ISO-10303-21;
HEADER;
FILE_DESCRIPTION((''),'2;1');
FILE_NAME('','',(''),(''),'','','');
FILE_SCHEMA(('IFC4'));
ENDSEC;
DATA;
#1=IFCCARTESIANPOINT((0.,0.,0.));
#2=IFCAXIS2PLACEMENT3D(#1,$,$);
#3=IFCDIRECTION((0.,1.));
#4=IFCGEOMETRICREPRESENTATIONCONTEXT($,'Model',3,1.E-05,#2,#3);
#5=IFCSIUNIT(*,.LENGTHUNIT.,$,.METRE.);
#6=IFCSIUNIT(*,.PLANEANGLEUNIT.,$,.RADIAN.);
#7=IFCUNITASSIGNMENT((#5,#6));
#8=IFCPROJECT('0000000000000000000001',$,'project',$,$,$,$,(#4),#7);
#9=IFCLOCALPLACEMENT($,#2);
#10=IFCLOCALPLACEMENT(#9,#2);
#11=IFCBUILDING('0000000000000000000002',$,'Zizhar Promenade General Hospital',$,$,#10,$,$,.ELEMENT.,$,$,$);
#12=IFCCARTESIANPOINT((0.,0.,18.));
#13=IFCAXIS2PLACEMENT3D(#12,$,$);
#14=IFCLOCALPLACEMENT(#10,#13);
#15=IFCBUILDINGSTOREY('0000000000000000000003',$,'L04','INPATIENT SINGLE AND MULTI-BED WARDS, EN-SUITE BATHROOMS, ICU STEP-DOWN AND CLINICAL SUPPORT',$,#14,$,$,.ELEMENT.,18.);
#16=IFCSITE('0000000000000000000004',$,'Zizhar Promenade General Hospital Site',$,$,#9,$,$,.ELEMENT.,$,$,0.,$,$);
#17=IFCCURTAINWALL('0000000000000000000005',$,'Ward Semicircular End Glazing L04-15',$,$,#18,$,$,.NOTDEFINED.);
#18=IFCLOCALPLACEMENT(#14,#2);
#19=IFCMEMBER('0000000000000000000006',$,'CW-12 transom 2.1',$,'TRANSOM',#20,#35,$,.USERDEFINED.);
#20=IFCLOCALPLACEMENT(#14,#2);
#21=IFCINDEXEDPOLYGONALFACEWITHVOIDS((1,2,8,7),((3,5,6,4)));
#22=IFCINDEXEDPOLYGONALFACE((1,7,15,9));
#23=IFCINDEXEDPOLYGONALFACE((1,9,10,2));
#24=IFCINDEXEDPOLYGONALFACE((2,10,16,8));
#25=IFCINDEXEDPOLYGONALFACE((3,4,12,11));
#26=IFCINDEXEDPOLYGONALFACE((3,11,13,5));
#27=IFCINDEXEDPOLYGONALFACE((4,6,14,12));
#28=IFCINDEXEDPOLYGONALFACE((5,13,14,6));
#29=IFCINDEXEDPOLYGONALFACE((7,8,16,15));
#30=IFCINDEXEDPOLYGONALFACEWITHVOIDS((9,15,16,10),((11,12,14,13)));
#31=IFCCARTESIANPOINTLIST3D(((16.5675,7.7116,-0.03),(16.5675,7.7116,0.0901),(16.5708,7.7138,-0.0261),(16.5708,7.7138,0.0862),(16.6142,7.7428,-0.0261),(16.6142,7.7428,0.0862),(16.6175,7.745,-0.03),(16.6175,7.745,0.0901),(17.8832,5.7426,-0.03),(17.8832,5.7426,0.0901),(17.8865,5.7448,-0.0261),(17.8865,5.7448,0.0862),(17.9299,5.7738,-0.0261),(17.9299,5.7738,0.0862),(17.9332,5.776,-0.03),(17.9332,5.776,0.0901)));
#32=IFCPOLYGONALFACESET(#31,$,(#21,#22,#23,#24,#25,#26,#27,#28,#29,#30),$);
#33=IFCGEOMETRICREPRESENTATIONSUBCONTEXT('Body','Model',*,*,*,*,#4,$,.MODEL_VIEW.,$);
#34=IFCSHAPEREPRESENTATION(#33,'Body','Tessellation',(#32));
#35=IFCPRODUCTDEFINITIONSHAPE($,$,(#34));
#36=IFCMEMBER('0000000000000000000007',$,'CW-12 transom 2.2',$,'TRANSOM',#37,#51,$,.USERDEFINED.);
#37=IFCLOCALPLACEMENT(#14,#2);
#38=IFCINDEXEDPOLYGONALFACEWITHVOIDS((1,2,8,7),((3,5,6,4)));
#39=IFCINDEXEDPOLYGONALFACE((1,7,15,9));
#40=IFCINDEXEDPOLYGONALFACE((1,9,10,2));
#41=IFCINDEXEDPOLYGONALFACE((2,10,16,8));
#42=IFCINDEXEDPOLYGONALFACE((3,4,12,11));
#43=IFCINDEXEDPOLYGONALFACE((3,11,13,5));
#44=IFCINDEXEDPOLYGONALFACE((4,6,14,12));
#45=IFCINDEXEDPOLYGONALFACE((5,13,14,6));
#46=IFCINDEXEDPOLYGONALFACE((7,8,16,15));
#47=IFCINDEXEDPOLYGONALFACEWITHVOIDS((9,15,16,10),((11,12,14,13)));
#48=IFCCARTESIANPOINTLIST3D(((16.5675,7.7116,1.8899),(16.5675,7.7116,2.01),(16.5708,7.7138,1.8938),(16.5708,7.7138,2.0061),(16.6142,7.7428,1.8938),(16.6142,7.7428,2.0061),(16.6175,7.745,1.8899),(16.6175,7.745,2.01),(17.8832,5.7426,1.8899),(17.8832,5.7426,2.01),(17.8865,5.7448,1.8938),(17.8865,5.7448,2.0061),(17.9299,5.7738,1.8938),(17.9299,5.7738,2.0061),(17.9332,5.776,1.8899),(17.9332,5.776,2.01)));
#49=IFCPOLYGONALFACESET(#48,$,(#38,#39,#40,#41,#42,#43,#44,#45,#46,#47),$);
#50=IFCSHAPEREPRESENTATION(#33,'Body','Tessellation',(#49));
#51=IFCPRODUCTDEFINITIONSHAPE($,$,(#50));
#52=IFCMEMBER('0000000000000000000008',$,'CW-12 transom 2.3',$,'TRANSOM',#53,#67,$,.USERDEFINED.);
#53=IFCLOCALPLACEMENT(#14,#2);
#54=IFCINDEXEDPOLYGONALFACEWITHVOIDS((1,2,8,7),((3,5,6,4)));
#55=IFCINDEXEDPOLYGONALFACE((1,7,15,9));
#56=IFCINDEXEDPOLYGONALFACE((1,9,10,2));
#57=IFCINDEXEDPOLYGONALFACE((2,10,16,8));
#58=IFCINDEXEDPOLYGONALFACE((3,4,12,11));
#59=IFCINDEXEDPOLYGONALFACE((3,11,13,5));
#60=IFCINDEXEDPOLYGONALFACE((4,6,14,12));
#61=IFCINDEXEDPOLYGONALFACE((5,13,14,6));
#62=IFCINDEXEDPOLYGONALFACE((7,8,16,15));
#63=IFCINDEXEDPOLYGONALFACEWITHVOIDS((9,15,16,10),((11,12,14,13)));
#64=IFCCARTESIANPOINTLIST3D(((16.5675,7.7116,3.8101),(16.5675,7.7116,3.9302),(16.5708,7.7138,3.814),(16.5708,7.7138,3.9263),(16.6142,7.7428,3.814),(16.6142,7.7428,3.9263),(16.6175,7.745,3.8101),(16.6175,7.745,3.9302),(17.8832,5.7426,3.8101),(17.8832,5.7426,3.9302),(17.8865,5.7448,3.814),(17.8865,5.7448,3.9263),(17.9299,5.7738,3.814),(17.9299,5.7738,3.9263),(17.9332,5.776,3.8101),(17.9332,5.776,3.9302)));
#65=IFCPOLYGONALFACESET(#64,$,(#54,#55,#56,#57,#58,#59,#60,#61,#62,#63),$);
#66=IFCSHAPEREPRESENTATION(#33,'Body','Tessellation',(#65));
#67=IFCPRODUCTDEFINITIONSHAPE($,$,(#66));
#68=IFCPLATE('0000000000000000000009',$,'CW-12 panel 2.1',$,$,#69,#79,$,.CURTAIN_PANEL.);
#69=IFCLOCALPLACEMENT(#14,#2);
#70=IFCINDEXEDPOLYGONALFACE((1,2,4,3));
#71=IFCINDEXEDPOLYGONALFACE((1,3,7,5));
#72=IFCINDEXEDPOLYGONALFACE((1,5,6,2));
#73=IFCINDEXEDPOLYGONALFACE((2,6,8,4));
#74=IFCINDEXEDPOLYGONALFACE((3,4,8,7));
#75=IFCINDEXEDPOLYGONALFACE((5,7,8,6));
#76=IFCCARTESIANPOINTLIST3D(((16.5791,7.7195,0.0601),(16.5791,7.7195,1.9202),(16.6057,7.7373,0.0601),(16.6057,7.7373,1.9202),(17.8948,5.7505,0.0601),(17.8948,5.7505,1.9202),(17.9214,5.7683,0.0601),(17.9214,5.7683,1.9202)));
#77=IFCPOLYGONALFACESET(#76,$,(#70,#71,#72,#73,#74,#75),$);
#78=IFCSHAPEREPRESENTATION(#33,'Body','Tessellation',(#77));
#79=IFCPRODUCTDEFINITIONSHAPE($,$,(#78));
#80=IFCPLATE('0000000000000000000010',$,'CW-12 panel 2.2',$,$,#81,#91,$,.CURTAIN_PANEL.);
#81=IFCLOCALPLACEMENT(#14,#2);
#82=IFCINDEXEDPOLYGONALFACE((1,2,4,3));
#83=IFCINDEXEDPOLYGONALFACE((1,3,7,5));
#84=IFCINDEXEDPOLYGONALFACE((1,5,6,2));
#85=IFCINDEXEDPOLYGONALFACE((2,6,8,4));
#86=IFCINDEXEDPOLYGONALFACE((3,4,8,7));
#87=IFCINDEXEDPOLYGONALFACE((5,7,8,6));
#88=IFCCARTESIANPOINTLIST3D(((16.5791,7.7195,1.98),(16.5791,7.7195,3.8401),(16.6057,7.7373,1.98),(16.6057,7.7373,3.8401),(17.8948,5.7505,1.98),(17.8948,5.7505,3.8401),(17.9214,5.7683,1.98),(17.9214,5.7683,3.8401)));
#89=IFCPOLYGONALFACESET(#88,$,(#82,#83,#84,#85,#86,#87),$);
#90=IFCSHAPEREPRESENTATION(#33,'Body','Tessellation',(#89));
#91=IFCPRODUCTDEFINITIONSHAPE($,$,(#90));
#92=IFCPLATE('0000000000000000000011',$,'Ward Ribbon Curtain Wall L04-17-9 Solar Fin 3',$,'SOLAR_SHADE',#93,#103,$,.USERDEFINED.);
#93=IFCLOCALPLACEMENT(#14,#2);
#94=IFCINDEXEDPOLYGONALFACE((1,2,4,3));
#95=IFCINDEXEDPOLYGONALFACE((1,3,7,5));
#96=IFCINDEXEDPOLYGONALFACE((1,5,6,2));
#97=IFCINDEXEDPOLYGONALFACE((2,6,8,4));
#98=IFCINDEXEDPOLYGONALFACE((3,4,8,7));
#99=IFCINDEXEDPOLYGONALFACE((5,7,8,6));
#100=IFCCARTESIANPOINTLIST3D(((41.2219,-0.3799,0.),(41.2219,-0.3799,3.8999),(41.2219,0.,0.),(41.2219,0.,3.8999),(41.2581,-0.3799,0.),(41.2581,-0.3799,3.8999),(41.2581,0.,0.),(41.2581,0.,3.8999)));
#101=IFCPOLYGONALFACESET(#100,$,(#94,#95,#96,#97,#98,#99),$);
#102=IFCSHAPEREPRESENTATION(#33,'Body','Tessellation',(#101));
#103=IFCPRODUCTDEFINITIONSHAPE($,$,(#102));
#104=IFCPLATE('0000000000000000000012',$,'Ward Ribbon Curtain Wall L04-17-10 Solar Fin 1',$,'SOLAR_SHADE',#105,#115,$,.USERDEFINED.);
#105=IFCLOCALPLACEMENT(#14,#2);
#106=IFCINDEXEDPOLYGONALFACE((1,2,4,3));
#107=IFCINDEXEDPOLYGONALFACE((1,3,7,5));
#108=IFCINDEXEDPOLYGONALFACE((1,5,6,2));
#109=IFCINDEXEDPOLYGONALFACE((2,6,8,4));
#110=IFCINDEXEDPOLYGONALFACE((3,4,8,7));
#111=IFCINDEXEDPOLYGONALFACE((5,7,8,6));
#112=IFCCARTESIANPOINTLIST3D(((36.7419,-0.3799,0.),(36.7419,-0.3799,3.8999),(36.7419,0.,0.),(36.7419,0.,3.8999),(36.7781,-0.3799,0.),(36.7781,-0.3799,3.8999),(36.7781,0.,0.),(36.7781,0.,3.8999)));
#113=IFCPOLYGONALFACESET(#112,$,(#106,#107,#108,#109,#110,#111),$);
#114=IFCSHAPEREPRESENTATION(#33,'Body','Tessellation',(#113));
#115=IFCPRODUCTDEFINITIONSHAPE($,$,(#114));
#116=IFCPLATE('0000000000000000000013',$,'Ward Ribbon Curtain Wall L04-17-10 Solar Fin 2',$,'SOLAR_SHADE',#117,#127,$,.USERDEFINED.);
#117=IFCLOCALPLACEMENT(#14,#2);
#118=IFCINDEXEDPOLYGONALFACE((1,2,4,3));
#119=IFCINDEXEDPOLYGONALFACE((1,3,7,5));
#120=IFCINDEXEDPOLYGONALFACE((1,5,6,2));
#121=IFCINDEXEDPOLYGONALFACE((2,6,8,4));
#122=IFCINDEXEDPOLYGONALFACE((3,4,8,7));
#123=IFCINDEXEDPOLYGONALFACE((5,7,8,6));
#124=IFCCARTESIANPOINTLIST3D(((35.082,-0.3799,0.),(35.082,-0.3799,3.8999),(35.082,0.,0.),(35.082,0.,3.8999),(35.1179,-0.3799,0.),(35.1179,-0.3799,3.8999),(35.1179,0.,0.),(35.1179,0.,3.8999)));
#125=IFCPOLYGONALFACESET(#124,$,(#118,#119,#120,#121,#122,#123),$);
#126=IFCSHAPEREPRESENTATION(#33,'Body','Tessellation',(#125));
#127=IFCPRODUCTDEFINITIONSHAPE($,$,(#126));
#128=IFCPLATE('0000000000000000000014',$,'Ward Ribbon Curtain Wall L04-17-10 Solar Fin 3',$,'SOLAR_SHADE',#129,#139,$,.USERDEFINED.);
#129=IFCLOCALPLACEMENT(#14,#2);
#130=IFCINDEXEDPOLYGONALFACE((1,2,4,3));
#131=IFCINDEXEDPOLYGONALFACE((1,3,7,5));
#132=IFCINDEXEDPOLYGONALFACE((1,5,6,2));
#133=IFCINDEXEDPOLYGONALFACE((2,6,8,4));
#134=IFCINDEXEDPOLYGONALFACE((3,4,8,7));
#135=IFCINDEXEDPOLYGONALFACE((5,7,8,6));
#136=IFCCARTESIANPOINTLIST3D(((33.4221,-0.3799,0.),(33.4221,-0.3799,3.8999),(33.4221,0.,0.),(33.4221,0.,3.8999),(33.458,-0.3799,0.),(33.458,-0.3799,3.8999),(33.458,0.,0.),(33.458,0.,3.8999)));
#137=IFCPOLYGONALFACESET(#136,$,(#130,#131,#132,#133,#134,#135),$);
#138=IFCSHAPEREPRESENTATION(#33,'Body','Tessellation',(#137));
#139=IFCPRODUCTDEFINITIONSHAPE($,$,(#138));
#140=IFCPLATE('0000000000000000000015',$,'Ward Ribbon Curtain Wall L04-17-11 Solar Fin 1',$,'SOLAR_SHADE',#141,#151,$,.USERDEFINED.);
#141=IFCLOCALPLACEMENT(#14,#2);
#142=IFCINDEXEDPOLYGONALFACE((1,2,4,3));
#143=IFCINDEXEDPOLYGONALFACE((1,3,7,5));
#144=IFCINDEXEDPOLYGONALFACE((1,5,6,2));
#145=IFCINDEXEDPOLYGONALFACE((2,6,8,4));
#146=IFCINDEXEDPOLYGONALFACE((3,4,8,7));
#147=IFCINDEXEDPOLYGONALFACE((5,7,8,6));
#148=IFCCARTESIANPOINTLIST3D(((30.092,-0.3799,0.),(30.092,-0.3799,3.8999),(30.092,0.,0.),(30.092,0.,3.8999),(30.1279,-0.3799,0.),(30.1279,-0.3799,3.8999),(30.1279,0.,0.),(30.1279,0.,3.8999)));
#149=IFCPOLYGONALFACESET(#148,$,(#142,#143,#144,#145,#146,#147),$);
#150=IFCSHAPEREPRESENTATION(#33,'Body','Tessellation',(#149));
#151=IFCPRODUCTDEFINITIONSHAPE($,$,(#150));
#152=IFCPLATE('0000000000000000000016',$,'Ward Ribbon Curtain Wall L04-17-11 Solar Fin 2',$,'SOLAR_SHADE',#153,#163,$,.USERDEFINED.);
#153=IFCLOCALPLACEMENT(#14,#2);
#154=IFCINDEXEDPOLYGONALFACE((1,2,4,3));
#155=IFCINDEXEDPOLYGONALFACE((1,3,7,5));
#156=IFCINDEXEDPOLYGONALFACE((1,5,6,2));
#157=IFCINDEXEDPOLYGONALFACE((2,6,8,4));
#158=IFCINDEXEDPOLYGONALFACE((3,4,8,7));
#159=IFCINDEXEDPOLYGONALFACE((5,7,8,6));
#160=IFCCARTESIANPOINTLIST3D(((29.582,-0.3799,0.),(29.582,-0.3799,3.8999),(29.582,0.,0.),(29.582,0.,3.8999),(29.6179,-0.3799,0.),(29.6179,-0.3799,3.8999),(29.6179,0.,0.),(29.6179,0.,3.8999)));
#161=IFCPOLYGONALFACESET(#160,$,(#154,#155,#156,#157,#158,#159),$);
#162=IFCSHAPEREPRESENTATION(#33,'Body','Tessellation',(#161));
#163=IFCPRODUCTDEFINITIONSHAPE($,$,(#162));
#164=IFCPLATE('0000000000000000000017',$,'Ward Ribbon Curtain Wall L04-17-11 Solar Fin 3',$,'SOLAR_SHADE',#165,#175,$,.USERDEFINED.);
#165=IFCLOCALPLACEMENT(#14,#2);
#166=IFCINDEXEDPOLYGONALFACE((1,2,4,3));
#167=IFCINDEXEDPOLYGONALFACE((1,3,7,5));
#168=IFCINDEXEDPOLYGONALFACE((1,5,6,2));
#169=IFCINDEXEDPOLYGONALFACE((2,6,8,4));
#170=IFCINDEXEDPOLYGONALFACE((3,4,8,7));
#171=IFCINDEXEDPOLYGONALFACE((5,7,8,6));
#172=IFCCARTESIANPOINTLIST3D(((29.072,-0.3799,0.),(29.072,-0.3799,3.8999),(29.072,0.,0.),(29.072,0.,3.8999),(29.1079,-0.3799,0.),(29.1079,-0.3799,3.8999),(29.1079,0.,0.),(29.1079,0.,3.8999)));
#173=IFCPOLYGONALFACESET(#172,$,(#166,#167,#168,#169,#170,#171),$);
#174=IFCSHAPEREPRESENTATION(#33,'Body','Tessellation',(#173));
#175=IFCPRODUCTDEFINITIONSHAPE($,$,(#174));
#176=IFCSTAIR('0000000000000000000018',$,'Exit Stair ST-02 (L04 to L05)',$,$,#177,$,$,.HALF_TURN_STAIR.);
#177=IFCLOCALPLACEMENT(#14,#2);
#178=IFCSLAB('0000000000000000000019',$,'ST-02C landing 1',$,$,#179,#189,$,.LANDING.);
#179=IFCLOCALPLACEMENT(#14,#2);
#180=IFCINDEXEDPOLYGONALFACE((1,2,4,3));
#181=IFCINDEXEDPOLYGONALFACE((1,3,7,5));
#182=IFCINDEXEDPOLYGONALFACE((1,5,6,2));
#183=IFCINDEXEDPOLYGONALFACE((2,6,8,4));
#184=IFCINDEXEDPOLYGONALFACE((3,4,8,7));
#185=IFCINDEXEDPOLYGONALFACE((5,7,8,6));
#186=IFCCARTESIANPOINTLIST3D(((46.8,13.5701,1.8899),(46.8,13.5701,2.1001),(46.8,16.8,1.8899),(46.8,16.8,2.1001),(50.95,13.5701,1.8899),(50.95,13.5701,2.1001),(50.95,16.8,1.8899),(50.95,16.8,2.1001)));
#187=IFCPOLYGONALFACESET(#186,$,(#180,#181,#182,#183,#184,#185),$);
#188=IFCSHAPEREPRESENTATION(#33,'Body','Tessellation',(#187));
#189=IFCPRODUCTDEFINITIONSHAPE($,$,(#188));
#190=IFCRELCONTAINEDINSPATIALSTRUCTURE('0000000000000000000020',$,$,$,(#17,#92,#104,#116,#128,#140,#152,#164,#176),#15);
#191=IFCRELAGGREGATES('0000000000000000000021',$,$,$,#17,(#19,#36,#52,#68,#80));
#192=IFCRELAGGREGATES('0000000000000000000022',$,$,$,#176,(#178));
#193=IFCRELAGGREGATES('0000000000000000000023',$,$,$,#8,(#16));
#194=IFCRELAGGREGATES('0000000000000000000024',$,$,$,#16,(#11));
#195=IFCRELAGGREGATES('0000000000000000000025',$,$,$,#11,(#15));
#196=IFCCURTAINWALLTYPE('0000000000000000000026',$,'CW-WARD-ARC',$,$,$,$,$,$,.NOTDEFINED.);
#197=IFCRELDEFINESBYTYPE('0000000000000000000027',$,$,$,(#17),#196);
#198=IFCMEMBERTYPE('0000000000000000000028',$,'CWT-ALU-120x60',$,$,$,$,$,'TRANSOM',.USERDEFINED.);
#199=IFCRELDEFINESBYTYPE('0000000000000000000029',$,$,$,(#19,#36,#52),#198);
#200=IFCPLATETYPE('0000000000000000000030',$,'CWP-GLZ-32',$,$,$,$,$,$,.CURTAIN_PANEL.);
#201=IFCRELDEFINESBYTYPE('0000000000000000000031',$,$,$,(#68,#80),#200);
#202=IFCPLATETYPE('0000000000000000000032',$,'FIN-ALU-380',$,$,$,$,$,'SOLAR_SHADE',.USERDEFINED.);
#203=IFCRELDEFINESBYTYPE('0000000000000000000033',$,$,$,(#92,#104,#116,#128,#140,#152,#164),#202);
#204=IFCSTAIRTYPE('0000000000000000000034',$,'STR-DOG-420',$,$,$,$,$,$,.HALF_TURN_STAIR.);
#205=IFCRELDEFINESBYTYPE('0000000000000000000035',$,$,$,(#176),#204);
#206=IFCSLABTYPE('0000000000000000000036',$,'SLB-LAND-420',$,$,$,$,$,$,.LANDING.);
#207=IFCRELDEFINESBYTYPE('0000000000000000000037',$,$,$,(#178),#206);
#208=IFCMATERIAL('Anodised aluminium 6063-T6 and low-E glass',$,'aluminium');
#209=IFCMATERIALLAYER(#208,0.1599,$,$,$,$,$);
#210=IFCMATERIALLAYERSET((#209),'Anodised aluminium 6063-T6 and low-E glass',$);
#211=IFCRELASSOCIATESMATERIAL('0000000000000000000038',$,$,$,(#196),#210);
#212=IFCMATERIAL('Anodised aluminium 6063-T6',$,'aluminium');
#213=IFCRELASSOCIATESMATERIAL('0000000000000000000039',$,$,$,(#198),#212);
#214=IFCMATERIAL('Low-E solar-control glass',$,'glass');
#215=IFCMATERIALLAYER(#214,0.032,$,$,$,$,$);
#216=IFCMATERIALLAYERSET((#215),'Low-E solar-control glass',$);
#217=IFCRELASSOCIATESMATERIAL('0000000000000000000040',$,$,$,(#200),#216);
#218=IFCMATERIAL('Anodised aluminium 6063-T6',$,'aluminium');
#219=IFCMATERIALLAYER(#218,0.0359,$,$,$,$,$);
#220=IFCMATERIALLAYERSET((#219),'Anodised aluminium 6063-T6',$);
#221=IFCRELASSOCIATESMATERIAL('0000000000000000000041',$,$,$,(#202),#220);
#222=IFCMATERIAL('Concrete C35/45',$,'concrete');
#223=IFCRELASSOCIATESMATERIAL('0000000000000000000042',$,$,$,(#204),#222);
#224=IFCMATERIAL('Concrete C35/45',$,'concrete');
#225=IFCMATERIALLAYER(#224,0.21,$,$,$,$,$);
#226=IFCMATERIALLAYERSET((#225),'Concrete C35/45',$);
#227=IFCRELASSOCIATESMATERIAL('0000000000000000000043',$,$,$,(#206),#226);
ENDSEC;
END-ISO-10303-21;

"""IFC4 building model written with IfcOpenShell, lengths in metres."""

from ifc_helpers import new_model, si_unit, direction, frame, origin, origin_2d, place, context, subcontext, project, spatial, polyline, rectangle, hollow_rectangle, outline, extrude, material, layer, layer_set, material_profile, profile_set, type_object, element, aggregate, save


model = new_model("IFC4")

# Units and contexts
model_context = context("Model", 3, precision=1e-05, world=origin(), true_north=direction((0.0, 1.0)))
body_context = subcontext(model_context, "Body", "Model", "MODEL_VIEW")
ifc_project = project(units=[si_unit("LENGTHUNIT", "METRE"), si_unit("PLANEANGLEUNIT", "RADIAN")], contexts=[model_context])

# Site, building, storey
site_placement = place(None, origin())
site = spatial("IfcSite", under=ifc_project, at=site_placement, Name="Zizhar Promenade General Hospital Site", CompositionType="ELEMENT", RefElevation=0.0)
building_placement = place(site_placement, origin())
building = spatial("IfcBuilding", under=site, at=building_placement, Name="Zizhar Promenade General Hospital", CompositionType="ELEMENT")
storey_placement = place(building_placement, frame((0.0, 0.0, 18.0)))
storey = spatial("IfcBuildingStorey", under=building, at=storey_placement, Name="L04", Description="INPATIENT SINGLE AND MULTI-BED WARDS, EN-SUITE BATHROOMS, ICU STEP-DOWN AND CLINICAL SUPPORT", CompositionType="ELEMENT", Elevation=18.0)

# Curtain wall, members, plates
ifc_material_1 = material(Name="Anodised aluminium 6063-T6 and low-E glass", Category="aluminium")
ifc_layer_1 = layer(ifc_material_1, 0.1599)
ifc_layer_set_1 = layer_set([ifc_layer_1], Name="Anodised aluminium 6063-T6 and low-E glass")
curtain_wall_type = type_object("IfcCurtainWallType", Name="CW-WARD-ARC", PredefinedType="NOTDEFINED", material=ifc_layer_set_1)
curtain_wall_placement = place(storey_placement, origin())
curtain_wall = element("IfcCurtainWall", 1, at=curtain_wall_placement, inside=storey, type_object=curtain_wall_type, Name="Ward Semicircular End Glazing L04-15", PredefinedType="NOTDEFINED")
ifc_material_2 = material(Name="Anodised aluminium 6063-T6", Category="aluminium")
ifc_material_profile = material_profile(ifc_material_2, hollow_rectangle(XDim=0.0601, YDim=0.1201, WallThickness=0.0039, at=origin_2d()))
ifc_profile_set = profile_set([ifc_material_profile], Name="Anodised aluminium 6063-T6")
member_type = type_object("IfcMemberType", Name="CWT-ALU-120x60", ElementType="TRANSOM", PredefinedType="USERDEFINED", material=ifc_profile_set)
member_1_placement = place(storey_placement, frame((17.9082, 5.7593, 0.03), z_axis=(-0.55558, 0.831463, 0.0), x_axis=(-0.831463, -0.55558, 0.0)))
member_1 = element("IfcMember", 2, at=member_1_placement, type_object=member_type, Name="CW-12 transom 2.1", ObjectType="TRANSOM", PredefinedType="USERDEFINED", context=body_context, shape_type="SweptSolid", body=[
    extrude(hollow_rectangle(XDim=0.0601, YDim=0.1201, WallThickness=0.0039, at=origin_2d()), origin(), (0.0, 0.0, 1.0), 2.3682),
])
member_2_placement = place(storey_placement, frame((17.9082, 5.7593, 1.95), z_axis=(-0.55558, 0.831463, 0.0), x_axis=(-0.831463, -0.55558, 0.0)))
member_2 = element("IfcMember", 3, at=member_2_placement, type_object=member_type, Name="CW-12 transom 2.2", ObjectType="TRANSOM", PredefinedType="USERDEFINED", context=body_context, shape_type="SweptSolid", body=[
    extrude(hollow_rectangle(XDim=0.0601, YDim=0.1201, WallThickness=0.0039, at=origin_2d()), origin(), (0.0, 0.0, 1.0), 2.3682),
])
member_3_placement = place(storey_placement, frame((17.9082, 5.7593, 3.8701), z_axis=(-0.55558, 0.831463, 0.0), x_axis=(-0.831463, -0.55558, 0.0)))
member_3 = element("IfcMember", 4, at=member_3_placement, type_object=member_type, Name="CW-12 transom 2.3", ObjectType="TRANSOM", PredefinedType="USERDEFINED", context=body_context, shape_type="SweptSolid", body=[
    extrude(hollow_rectangle(XDim=0.0601, YDim=0.1201, WallThickness=0.0039, at=origin_2d()), origin(), (0.0, 0.0, 1.0), 2.3682),
])
ifc_material_3 = material(Name="Low-E solar-control glass", Category="glass")
ifc_layer_2 = layer(ifc_material_3, 0.032)
ifc_layer_set_2 = layer_set([ifc_layer_2], Name="Low-E solar-control glass")
plate_type_1 = type_object("IfcPlateType", Name="CWP-GLZ-32", PredefinedType="CURTAIN_PANEL", material=ifc_layer_set_2)
plate_1_placement = place(storey_placement, frame((17.2502, 6.7439, 0.0601), z_axis=(0.0, 0.0, 1.0), x_axis=(-0.555582, 0.831462, 0.0)))
plate_1 = element("IfcPlate", 5, at=plate_1_placement, type_object=plate_type_1, Name="CW-12 panel 2.1", PredefinedType="CURTAIN_PANEL", context=body_context, shape_type="SweptSolid", body=[
    extrude(rectangle(XDim=2.3682, YDim=0.032, at=origin_2d()), origin(), (0.0, 0.0, 1.0), 1.8601),
])
plate_2_placement = place(storey_placement, frame((17.2502, 6.7439, 1.98), z_axis=(0.0, 0.0, 1.0), x_axis=(-0.555582, 0.831462, 0.0)))
plate_2 = element("IfcPlate", 6, at=plate_2_placement, type_object=plate_type_1, Name="CW-12 panel 2.2", PredefinedType="CURTAIN_PANEL", context=body_context, shape_type="SweptSolid", body=[
    extrude(rectangle(XDim=2.3682, YDim=0.032, at=origin_2d()), origin(), (0.0, 0.0, 1.0), 1.8601),
])
aggregate(curtain_wall, [member_1, member_2, member_3, plate_1, plate_2])

# Plates
ifc_material_4 = material(Name="Anodised aluminium 6063-T6", Category="aluminium")
ifc_layer_3 = layer(ifc_material_4, 0.0359)
ifc_layer_set_3 = layer_set([ifc_layer_3], Name="Anodised aluminium 6063-T6")
plate_type_2 = type_object("IfcPlateType", Name="FIN-ALU-380", ElementType="SOLAR_SHADE", PredefinedType="USERDEFINED", material=ifc_layer_set_3)
plate_3_placement = place(storey_placement, origin())
element("IfcPlate", 7, at=plate_3_placement, inside=storey, type_object=plate_type_2, Name="Ward Ribbon Curtain Wall L04-17-9 Solar Fin 3", ObjectType="SOLAR_SHADE", PredefinedType="USERDEFINED", context=body_context, shape_type="SweptSolid", body=[
    extrude(outline(polyline([(41.2581, 0.0), (41.2219, 0.0), (41.2219, -0.3799), (41.2581, -0.3799), (41.2581, 0.0)])), origin(), (0.0, 0.0, 1.0), 3.8999),
])
plate_4_placement = place(storey_placement, origin())
element("IfcPlate", 8, at=plate_4_placement, inside=storey, type_object=plate_type_2, Name="Ward Ribbon Curtain Wall L04-17-10 Solar Fin 1", ObjectType="SOLAR_SHADE", PredefinedType="USERDEFINED", context=body_context, shape_type="SweptSolid", body=[
    extrude(outline(polyline([(36.7781, 0.0), (36.7419, 0.0), (36.7419, -0.3799), (36.7781, -0.3799), (36.7781, 0.0)])), origin(), (0.0, 0.0, 1.0), 3.8999),
])
plate_5_placement = place(storey_placement, origin())
element("IfcPlate", 9, at=plate_5_placement, inside=storey, type_object=plate_type_2, Name="Ward Ribbon Curtain Wall L04-17-10 Solar Fin 2", ObjectType="SOLAR_SHADE", PredefinedType="USERDEFINED", context=body_context, shape_type="SweptSolid", body=[
    extrude(outline(polyline([(35.1179, 0.0), (35.082, 0.0), (35.082, -0.3799), (35.1179, -0.3799), (35.1179, 0.0)])), origin(), (0.0, 0.0, 1.0), 3.8999),
])
plate_6_placement = place(storey_placement, origin())
element("IfcPlate", 10, at=plate_6_placement, inside=storey, type_object=plate_type_2, Name="Ward Ribbon Curtain Wall L04-17-10 Solar Fin 3", ObjectType="SOLAR_SHADE", PredefinedType="USERDEFINED", context=body_context, shape_type="SweptSolid", body=[
    extrude(outline(polyline([(33.458, 0.0), (33.4221, 0.0), (33.4221, -0.3799), (33.458, -0.3799), (33.458, 0.0)])), origin(), (0.0, 0.0, 1.0), 3.8999),
])
plate_7_placement = place(storey_placement, origin())
element("IfcPlate", 11, at=plate_7_placement, inside=storey, type_object=plate_type_2, Name="Ward Ribbon Curtain Wall L04-17-11 Solar Fin 1", ObjectType="SOLAR_SHADE", PredefinedType="USERDEFINED", context=body_context, shape_type="SweptSolid", body=[
    extrude(outline(polyline([(30.1279, 0.0), (30.092, 0.0), (30.092, -0.3799), (30.1279, -0.3799), (30.1279, 0.0)])), origin(), (0.0, 0.0, 1.0), 3.8999),
])
plate_8_placement = place(storey_placement, origin())
element("IfcPlate", 12, at=plate_8_placement, inside=storey, type_object=plate_type_2, Name="Ward Ribbon Curtain Wall L04-17-11 Solar Fin 2", ObjectType="SOLAR_SHADE", PredefinedType="USERDEFINED", context=body_context, shape_type="SweptSolid", body=[
    extrude(outline(polyline([(29.6179, 0.0), (29.582, 0.0), (29.582, -0.3799), (29.6179, -0.3799), (29.6179, 0.0)])), origin(), (0.0, 0.0, 1.0), 3.8999),
])
plate_9_placement = place(storey_placement, origin())
element("IfcPlate", 13, at=plate_9_placement, inside=storey, type_object=plate_type_2, Name="Ward Ribbon Curtain Wall L04-17-11 Solar Fin 3", ObjectType="SOLAR_SHADE", PredefinedType="USERDEFINED", context=body_context, shape_type="SweptSolid", body=[
    extrude(outline(polyline([(29.1079, 0.0), (29.072, 0.0), (29.072, -0.3799), (29.1079, -0.3799), (29.1079, 0.0)])), origin(), (0.0, 0.0, 1.0), 3.8999),
])

# Stair, slab
ifc_material_5 = material(Name="Concrete C35/45", Category="concrete")
stair_type = type_object("IfcStairType", Name="STR-DOG-420", PredefinedType="HALF_TURN_STAIR", material=ifc_material_5)
stair_1_placement = place(storey_placement, origin())
stair_1 = element("IfcStair", 14, at=stair_1_placement, inside=storey, type_object=stair_type, Name="Exit Stair ST-02 (L04 to L05)", PredefinedType="HALF_TURN_STAIR")
ifc_material_6 = material(Name="Concrete C35/45", Category="concrete")
ifc_layer_4 = layer(ifc_material_6, 0.21)
ifc_layer_set_4 = layer_set([ifc_layer_4], Name="Concrete C35/45")
slab_type = type_object("IfcSlabType", Name="SLB-LAND-420", PredefinedType="LANDING", material=ifc_layer_set_4)
slab_1_placement = place(storey_placement, frame((0.0, 0.0, 1.8899)))
slab_1 = element("IfcSlab", 15, at=slab_1_placement, type_object=slab_type, Name="ST-02C landing 1", PredefinedType="LANDING", context=body_context, shape_type="SweptSolid", body=[
    extrude(outline(polyline([(46.8, 13.5701), (50.95, 13.5701), (50.95, 16.8), (46.8, 16.8), (46.8, 13.5701)])), origin(), (0.0, 0.0, 1.0), 0.2102),
])
aggregate(stair_1, [slab_1])

save(model, "model.ifc")
